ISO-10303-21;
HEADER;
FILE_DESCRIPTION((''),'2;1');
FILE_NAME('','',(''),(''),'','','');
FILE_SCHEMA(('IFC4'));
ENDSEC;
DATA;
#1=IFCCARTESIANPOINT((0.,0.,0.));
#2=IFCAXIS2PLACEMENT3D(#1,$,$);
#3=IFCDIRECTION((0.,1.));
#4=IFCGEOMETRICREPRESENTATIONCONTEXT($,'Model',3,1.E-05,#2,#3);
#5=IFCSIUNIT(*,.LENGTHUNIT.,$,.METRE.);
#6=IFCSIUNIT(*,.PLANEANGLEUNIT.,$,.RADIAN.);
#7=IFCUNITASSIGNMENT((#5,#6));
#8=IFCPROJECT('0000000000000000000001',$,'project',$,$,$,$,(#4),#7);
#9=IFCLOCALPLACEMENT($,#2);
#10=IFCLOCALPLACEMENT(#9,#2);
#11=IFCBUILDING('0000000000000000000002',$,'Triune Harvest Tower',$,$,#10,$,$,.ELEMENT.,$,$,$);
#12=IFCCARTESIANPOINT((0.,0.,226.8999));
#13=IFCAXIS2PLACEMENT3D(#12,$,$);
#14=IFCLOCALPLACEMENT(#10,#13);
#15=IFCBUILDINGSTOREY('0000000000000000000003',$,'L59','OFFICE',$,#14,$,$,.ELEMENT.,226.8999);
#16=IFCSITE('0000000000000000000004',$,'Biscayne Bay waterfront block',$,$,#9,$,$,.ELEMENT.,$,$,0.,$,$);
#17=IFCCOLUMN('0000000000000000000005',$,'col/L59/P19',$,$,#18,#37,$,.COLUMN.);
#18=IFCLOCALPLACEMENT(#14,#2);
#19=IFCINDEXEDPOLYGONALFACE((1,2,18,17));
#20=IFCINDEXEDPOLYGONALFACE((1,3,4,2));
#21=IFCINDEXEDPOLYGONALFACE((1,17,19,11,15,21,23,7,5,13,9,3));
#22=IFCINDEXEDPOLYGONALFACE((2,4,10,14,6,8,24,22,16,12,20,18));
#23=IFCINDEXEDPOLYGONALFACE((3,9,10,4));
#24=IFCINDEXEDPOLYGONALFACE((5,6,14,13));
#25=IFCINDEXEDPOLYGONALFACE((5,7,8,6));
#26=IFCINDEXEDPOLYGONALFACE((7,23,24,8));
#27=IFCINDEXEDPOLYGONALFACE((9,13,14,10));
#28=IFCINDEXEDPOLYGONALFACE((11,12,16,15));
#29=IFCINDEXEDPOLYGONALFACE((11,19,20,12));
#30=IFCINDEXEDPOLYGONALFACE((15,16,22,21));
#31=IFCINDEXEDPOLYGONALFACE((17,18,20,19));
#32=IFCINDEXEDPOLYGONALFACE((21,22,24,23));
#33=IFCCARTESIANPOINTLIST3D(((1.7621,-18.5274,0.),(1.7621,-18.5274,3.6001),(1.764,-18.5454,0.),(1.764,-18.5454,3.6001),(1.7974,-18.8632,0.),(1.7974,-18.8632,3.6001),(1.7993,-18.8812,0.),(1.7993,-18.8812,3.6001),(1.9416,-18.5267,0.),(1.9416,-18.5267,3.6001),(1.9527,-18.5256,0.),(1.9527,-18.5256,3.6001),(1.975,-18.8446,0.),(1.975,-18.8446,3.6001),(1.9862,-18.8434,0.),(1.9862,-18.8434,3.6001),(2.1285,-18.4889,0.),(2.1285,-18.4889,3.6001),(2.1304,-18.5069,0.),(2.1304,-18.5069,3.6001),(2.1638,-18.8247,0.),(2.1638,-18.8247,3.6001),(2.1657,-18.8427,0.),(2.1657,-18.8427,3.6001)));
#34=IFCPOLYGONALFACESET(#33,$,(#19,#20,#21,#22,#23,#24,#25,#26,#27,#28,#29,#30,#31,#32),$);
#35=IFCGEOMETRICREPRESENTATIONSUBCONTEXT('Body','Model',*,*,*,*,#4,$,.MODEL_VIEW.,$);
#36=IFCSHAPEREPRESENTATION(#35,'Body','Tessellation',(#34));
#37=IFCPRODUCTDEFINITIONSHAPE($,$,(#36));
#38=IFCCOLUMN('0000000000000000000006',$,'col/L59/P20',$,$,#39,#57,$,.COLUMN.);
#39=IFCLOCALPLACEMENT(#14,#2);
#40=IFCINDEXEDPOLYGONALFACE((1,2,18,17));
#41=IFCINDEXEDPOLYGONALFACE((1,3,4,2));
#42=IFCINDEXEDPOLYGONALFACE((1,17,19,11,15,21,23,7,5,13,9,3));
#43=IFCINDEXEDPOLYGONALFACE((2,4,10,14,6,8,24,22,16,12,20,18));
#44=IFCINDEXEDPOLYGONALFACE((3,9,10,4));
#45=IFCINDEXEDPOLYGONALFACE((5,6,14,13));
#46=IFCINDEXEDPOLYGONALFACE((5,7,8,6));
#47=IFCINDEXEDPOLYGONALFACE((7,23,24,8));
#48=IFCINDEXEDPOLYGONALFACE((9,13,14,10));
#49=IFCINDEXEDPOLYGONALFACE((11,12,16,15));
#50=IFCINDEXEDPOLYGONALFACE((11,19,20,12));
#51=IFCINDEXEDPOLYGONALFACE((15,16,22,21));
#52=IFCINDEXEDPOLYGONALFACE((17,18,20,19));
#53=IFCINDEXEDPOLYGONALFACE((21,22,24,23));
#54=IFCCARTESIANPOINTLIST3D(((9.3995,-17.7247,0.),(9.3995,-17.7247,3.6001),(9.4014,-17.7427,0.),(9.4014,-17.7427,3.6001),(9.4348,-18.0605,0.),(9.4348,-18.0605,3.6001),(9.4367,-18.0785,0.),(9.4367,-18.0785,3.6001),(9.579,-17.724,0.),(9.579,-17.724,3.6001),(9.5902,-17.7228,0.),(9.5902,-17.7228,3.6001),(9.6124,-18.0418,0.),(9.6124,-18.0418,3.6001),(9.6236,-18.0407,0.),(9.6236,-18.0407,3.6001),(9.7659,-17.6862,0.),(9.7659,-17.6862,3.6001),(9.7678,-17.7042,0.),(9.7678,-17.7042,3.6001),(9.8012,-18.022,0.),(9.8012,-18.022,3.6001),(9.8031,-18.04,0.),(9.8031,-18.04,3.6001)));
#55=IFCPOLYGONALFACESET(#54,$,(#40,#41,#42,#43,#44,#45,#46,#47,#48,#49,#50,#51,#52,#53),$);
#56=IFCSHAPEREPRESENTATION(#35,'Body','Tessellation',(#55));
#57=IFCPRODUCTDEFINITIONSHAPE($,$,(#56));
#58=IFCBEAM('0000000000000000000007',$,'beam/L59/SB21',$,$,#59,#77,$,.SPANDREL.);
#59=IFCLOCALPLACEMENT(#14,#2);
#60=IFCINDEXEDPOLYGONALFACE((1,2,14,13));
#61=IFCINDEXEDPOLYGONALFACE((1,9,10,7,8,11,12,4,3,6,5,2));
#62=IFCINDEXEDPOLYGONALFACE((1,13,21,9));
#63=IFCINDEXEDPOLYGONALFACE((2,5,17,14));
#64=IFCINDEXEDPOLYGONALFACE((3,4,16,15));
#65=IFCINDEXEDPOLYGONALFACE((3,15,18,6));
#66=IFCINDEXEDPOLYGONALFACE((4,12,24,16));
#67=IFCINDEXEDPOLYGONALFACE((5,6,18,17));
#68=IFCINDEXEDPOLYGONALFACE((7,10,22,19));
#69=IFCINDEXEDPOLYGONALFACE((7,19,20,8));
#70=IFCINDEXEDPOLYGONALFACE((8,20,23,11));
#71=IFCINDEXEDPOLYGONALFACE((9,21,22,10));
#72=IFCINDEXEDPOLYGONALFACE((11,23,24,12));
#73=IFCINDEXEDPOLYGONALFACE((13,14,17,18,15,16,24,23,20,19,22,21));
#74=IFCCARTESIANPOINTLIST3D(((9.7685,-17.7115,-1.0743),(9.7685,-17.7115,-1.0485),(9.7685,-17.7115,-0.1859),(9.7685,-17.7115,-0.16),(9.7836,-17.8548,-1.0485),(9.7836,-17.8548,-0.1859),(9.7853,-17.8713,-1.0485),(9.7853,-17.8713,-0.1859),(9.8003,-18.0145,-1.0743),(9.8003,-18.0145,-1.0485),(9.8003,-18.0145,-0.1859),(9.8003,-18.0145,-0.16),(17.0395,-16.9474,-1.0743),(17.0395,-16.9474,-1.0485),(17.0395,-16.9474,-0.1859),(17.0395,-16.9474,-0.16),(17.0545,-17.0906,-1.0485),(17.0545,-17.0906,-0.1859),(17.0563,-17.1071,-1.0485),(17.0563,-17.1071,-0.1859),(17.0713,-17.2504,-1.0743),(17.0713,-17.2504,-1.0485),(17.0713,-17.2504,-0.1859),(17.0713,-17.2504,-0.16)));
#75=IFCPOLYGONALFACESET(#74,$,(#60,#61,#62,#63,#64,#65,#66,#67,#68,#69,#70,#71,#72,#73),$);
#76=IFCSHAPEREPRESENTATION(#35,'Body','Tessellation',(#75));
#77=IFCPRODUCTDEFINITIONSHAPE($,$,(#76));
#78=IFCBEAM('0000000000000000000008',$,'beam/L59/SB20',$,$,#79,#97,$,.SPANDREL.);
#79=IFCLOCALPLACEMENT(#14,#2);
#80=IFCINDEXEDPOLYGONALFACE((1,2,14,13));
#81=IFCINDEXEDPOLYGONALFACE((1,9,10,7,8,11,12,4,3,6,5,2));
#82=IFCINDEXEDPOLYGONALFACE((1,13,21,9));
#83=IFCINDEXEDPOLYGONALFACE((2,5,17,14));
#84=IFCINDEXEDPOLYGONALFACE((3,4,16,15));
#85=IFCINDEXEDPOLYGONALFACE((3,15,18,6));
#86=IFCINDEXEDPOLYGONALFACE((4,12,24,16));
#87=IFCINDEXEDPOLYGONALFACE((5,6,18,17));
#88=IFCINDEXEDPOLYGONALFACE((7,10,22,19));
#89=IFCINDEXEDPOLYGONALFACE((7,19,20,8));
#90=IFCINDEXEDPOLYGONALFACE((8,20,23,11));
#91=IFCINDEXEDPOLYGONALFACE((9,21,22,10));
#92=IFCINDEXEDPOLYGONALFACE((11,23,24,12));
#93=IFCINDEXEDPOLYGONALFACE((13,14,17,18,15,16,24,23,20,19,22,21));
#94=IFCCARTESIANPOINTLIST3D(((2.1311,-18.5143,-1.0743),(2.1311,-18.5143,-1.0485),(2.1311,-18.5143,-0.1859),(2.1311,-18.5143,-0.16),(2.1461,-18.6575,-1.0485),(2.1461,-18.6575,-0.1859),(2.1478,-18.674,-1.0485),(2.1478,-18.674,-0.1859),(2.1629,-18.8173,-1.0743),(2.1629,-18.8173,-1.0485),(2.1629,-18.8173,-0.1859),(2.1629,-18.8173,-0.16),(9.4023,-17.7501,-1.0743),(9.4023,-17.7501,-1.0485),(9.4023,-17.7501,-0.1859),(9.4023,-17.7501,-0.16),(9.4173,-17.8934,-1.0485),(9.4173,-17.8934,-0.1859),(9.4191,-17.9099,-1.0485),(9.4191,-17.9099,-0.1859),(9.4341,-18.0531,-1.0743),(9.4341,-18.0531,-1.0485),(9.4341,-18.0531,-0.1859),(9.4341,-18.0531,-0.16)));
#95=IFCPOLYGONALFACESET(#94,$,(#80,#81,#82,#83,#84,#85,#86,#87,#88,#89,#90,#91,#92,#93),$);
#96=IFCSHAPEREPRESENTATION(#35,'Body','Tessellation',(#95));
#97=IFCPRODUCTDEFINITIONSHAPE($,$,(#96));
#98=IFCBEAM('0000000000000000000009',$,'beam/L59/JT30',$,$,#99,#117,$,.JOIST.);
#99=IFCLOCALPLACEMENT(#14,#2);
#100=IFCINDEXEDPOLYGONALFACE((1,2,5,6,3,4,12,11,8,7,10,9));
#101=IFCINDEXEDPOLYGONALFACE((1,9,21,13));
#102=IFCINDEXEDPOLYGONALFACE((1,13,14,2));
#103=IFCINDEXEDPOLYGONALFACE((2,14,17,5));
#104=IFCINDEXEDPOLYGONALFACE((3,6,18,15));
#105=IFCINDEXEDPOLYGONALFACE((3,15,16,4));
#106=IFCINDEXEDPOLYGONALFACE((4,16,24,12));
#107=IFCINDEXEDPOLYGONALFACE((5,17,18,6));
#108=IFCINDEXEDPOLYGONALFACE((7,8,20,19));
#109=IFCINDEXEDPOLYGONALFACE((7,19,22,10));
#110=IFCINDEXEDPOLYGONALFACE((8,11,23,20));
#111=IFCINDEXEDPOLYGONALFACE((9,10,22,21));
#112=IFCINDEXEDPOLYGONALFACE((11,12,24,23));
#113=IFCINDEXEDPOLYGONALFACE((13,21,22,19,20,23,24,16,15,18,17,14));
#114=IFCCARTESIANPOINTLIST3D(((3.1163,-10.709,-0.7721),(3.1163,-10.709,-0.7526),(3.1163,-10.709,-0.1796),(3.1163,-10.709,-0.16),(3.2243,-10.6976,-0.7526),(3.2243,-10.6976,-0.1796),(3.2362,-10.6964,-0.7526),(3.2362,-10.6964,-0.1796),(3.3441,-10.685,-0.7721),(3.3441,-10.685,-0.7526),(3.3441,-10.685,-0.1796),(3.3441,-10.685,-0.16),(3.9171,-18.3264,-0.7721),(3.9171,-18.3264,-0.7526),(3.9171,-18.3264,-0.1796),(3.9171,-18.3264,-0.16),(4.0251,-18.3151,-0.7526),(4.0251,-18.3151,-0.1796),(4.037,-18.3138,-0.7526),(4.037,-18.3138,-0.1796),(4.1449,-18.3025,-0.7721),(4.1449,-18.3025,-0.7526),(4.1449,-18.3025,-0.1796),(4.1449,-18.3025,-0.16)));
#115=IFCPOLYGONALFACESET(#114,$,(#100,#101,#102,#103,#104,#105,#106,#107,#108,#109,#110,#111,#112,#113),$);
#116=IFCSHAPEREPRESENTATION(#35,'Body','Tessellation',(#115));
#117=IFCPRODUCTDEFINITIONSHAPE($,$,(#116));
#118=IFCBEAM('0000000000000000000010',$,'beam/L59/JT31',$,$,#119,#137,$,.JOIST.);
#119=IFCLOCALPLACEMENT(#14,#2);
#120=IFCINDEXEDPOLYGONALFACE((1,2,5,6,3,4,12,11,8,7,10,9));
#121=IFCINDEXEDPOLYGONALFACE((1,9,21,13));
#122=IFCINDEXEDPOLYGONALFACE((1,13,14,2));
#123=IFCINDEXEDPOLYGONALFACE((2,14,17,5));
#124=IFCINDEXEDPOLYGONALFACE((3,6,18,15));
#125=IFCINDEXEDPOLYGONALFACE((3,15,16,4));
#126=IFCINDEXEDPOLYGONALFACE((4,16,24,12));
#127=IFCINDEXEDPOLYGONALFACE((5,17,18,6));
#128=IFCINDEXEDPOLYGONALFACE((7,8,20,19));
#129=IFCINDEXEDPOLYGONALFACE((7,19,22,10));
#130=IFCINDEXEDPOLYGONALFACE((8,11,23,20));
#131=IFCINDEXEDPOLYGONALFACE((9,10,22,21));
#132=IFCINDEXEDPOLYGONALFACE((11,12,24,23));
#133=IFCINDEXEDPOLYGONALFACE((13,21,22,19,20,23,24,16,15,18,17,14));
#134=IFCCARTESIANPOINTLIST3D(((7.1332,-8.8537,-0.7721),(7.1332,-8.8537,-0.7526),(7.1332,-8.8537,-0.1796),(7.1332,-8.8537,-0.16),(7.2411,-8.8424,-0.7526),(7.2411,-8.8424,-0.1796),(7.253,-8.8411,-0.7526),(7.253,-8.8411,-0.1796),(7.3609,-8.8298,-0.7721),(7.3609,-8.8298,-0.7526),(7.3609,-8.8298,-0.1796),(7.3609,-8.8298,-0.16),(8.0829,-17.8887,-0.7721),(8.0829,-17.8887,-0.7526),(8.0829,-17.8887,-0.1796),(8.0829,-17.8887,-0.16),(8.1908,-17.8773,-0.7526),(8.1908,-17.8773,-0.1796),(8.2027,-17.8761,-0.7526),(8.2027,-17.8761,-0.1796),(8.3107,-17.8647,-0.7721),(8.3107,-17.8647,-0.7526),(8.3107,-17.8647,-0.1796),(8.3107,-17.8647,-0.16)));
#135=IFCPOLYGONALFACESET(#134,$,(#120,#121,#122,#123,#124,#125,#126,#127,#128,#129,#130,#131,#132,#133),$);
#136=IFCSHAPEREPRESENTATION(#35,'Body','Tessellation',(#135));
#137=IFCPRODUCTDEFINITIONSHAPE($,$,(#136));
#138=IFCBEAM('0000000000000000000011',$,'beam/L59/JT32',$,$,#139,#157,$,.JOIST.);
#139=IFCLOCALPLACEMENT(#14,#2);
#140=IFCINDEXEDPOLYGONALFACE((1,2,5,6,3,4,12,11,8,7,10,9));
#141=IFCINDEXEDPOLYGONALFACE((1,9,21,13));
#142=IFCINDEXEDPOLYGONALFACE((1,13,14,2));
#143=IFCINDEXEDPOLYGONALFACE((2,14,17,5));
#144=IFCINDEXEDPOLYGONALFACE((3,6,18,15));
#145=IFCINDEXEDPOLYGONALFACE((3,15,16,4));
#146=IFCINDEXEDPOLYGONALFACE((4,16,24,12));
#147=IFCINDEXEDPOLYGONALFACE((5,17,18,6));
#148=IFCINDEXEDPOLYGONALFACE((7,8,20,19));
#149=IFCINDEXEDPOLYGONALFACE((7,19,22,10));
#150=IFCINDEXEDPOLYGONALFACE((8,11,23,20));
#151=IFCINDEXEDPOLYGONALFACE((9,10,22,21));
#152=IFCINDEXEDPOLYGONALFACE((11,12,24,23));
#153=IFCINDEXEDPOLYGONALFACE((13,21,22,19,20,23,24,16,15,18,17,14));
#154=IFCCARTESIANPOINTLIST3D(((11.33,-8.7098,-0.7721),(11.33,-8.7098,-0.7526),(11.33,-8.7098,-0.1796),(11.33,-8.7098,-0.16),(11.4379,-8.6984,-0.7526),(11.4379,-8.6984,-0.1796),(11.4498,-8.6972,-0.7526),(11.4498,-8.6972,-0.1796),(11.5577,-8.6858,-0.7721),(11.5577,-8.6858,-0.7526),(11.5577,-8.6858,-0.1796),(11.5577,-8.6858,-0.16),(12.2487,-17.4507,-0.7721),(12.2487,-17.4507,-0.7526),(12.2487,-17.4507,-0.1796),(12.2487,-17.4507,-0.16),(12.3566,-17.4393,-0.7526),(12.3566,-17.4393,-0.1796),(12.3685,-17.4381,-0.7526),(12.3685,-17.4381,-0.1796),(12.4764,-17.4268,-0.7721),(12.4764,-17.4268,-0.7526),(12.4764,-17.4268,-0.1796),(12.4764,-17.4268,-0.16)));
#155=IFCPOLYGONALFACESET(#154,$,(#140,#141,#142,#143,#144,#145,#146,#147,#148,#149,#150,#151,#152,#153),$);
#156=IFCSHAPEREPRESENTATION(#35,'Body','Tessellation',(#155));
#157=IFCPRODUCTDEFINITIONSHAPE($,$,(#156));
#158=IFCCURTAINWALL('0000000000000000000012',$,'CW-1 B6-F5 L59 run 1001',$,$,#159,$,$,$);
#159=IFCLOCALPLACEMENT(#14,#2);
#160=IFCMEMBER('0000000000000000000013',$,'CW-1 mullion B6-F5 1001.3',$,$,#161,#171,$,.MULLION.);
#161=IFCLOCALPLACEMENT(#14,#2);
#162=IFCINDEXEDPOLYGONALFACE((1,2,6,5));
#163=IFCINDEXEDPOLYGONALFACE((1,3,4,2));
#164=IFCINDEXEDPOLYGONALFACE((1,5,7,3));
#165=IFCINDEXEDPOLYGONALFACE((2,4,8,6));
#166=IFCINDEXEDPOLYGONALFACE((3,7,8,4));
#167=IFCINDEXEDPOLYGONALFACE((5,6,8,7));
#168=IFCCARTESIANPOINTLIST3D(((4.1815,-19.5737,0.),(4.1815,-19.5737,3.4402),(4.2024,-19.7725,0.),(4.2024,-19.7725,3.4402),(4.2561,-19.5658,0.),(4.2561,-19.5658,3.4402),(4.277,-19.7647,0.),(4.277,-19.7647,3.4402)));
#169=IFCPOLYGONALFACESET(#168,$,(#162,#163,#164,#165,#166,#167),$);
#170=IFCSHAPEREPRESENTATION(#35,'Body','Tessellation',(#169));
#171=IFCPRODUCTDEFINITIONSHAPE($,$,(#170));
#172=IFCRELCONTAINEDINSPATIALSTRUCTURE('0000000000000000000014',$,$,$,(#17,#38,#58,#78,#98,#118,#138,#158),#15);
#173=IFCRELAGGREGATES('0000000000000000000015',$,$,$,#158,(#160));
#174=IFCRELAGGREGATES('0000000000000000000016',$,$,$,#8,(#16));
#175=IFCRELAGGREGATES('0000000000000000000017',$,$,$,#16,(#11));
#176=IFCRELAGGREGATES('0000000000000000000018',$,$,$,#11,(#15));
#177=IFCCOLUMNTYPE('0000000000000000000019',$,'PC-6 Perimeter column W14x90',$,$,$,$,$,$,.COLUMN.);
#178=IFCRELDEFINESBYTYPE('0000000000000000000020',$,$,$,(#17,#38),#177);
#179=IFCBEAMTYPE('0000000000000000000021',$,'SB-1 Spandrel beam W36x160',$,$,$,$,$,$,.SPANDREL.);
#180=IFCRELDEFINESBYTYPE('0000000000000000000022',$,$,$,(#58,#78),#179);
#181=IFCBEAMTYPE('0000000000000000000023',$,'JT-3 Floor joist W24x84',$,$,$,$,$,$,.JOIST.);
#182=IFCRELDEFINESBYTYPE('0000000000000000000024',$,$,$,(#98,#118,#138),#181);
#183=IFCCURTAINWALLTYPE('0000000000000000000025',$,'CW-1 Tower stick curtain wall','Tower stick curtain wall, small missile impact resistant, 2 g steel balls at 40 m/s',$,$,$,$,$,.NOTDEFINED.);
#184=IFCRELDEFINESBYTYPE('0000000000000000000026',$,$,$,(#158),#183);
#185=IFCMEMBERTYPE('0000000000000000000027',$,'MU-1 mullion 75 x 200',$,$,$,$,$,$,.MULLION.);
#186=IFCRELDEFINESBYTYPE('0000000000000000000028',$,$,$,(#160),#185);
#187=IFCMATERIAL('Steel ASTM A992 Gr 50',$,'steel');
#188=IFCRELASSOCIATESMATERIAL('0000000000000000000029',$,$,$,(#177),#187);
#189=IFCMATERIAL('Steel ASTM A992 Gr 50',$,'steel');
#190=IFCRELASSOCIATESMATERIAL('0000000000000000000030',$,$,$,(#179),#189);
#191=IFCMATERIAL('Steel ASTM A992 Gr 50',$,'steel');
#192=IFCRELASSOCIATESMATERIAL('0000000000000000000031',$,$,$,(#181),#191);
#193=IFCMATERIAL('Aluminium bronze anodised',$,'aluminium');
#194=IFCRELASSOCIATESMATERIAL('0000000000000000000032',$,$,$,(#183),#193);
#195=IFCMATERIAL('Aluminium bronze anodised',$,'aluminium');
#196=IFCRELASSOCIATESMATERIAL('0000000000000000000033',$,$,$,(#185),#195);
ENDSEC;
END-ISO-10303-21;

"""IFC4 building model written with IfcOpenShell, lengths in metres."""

from ifc_helpers import new_model, si_unit, direction, frame, origin, origin_2d, place, context, subcontext, project, spatial, rectangle, i_section, extrude, source, transform, mapped, material, material_profile, profile_set, type_object, element, aggregate, save


model = new_model("IFC4")

# Units and contexts
model_context = context("Model", 3, precision=1e-05, world=origin(), true_north=direction((0.0, 1.0)))
body_context = subcontext(model_context, "Body", "Model", "MODEL_VIEW")
ifc_project = project(units=[si_unit("LENGTHUNIT", "METRE"), si_unit("PLANEANGLEUNIT", "RADIAN")], contexts=[model_context])

# Site, building, storey
site_placement = place(None, origin())
site = spatial("IfcSite", under=ifc_project, at=site_placement, Name="Biscayne Bay waterfront block", CompositionType="ELEMENT", RefElevation=0.0)
building_placement = place(site_placement, origin())
building = spatial("IfcBuilding", under=site, at=building_placement, Name="Triune Harvest Tower", CompositionType="ELEMENT")
storey_placement = place(building_placement, frame((0.0, 0.0, 226.8999)))
storey = spatial("IfcBuildingStorey", under=building, at=storey_placement, Name="L59", Description="OFFICE", CompositionType="ELEMENT", Elevation=226.8999)

# Columns
ifc_material_1 = material(Name="Steel ASTM A992 Gr 50", Category="steel")
ifc_material_profile_1 = material_profile(ifc_material_1, i_section(OverallWidth=0.3684, OverallDepth=0.3557, WebThickness=0.0112, FlangeThickness=0.0181, at=origin_2d()), Name="W14x90")
ifc_profile_set_1 = profile_set([ifc_material_profile_1], Name="Steel ASTM A992 Gr 50")
column_type = type_object("IfcColumnType", Name="PC-6 Perimeter column W14x90", PredefinedType="COLUMN", material=ifc_profile_set_1)
shared_shape_1 = source(origin(), body_context, "Body", "SweptSolid", [
    extrude(i_section(OverallWidth=0.3684, OverallDepth=0.3557, WebThickness=0.0112, FlangeThickness=0.0181, at=origin_2d()), origin(), (0.0, 0.0, 1.0), 3.6001),
])
for number, where, z_axis, x_axis, name in (
    (1, (1.9639, -18.6851, 0.0), (0.0, 0.0, 1.0), (0.994522, 0.10453, 0.0), "col/L59/P19"),
    (2, (9.6013, -17.8823, 0.0), (0.0, 0.0, 1.0), (0.994522, 0.10453, 0.0), "col/L59/P20"),
):
    element("IfcColumn", number, at=place(storey_placement, frame(where, z_axis=z_axis, x_axis=x_axis)), inside=storey, type_object=column_type, Name=name, PredefinedType="COLUMN", context=body_context, shape_type="MappedRepresentation", body=[
        mapped(shared_shape_1, transform((0.0, 0.0, 0.0), scale=1.0)),
    ])

# Beams
ifc_material_2 = material(Name="Steel ASTM A992 Gr 50", Category="steel")
ifc_material_profile_2 = material_profile(ifc_material_2, i_section(OverallWidth=0.3047, OverallDepth=0.9143, WebThickness=0.0166, FlangeThickness=0.0259, at=origin_2d()), Name="W36x160")
ifc_profile_set_2 = profile_set([ifc_material_profile_2], Name="Steel ASTM A992 Gr 50")
beam_type_1 = type_object("IfcBeamType", Name="SB-1 Spandrel beam W36x160", PredefinedType="SPANDREL", material=ifc_profile_set_2)
shared_shape_2 = source(origin(), body_context, "Body", "SweptSolid", [
    extrude(i_section(OverallWidth=0.3047, OverallDepth=0.9143, WebThickness=0.0166, FlangeThickness=0.0259, at=origin_2d()), origin(), (0.0, 0.0, 1.0), 7.311),
])
beam_1_placement = place(storey_placement, frame((9.7844, -17.863, -0.6172), z_axis=(0.994523, 0.104521, 0.0), x_axis=(-0.104521, 0.994523, 0.0)))
element("IfcBeam", 3, at=beam_1_placement, inside=storey, type_object=beam_type_1, Name="beam/L59/SB21", PredefinedType="SPANDREL", context=body_context, shape_type="MappedRepresentation", body=[
    mapped(shared_shape_2, transform((0.0, 0.0, 0.0), scale=1.0)),
])
shared_shape_3 = source(origin(), body_context, "Body", "SweptSolid", [
    extrude(i_section(OverallWidth=0.3047, OverallDepth=0.9143, WebThickness=0.0166, FlangeThickness=0.0259, at=origin_2d()), origin(), (0.0, 0.0, 1.0), 7.3113),
])
beam_2_placement = place(storey_placement, frame((2.147, -18.6658, -0.6172), z_axis=(0.994523, 0.104518, 0.0), x_axis=(-0.104518, 0.994523, 0.0)))
element("IfcBeam", 4, at=beam_2_placement, inside=storey, type_object=beam_type_1, Name="beam/L59/SB20", PredefinedType="SPANDREL", context=body_context, shape_type="MappedRepresentation", body=[
    mapped(shared_shape_3, transform((0.0, 0.0, 0.0), scale=1.0)),
])
ifc_material_3 = material(Name="Steel ASTM A992 Gr 50", Category="steel")
ifc_material_profile_3 = material_profile(ifc_material_3, i_section(OverallWidth=0.229, OverallDepth=0.6121, WebThickness=0.012, FlangeThickness=0.0195, at=origin_2d()), Name="W24x84")
ifc_profile_set_3 = profile_set([ifc_material_profile_3], Name="Steel ASTM A992 Gr 50")
beam_type_2 = type_object("IfcBeamType", Name="JT-3 Floor joist W24x84", PredefinedType="JOIST", material=ifc_profile_set_3)
shared_shape_4 = source(origin(), body_context, "Body", "SweptSolid", [
    extrude(i_section(OverallWidth=0.229, OverallDepth=0.6121, WebThickness=0.012, FlangeThickness=0.0195, at=origin_2d()), origin(), (0.0, 0.0, 1.0), 7.6594),
])
beam_3_placement = place(storey_placement, frame((4.031, -18.3145, -0.4661), z_axis=(-0.104549, 0.99452, 0.0), x_axis=(-0.99452, -0.104549, 0.0)))
element("IfcBeam", 5, at=beam_3_placement, inside=storey, type_object=beam_type_2, Name="beam/L59/JT30", PredefinedType="JOIST", context=body_context, shape_type="MappedRepresentation", body=[
    mapped(shared_shape_4, transform((0.0, 0.0, 0.0), scale=1.0)),
])
shared_shape_5 = source(origin(), body_context, "Body", "SweptSolid", [
    extrude(i_section(OverallWidth=0.229, OverallDepth=0.6121, WebThickness=0.012, FlangeThickness=0.0195, at=origin_2d()), origin(), (0.0, 0.0, 1.0), 9.0847),
])
beam_4_placement = place(storey_placement, frame((8.1968, -17.8767, -0.4661), z_axis=(-0.104539, 0.994521, 0.0), x_axis=(-0.994521, -0.104539, 0.0)))
element("IfcBeam", 6, at=beam_4_placement, inside=storey, type_object=beam_type_2, Name="beam/L59/JT31", PredefinedType="JOIST", context=body_context, shape_type="MappedRepresentation", body=[
    mapped(shared_shape_5, transform((0.0, 0.0, 0.0), scale=1.0)),
])
shared_shape_6 = source(origin(), body_context, "Body", "SweptSolid", [
    extrude(i_section(OverallWidth=0.229, OverallDepth=0.6121, WebThickness=0.012, FlangeThickness=0.0195, at=origin_2d()), origin(), (0.0, 0.0, 1.0), 8.7891),
])
beam_5_placement = place(storey_placement, frame((12.3625, -17.4387, -0.4661), z_axis=(-0.104527, 0.994522, 0.0), x_axis=(-0.994522, -0.104527, 0.0)))
element("IfcBeam", 7, at=beam_5_placement, inside=storey, type_object=beam_type_2, Name="beam/L59/JT32", PredefinedType="JOIST", context=body_context, shape_type="MappedRepresentation", body=[
    mapped(shared_shape_6, transform((0.0, 0.0, 0.0), scale=1.0)),
])

# Curtain wall, member
ifc_material_4 = material(Name="Aluminium bronze anodised", Category="aluminium")
curtain_wall_type_1 = type_object("IfcCurtainWallType", Name="CW-1 Tower stick curtain wall", Description="Tower stick curtain wall, small missile impact resistant, 2 g steel balls at 40 m/s", PredefinedType="NOTDEFINED", material=ifc_material_4)
curtain_wall_1_placement = place(storey_placement, origin())
curtain_wall_1 = element("IfcCurtainWall", 8, at=curtain_wall_1_placement, inside=storey, type_object=curtain_wall_type_1, Name="CW-1 B6-F5 L59 run 1001")
ifc_material_5 = material(Name="Aluminium bronze anodised", Category="aluminium")
ifc_material_profile_4 = material_profile(ifc_material_5, rectangle(XDim=0.2, YDim=0.075, at=origin_2d()), Name="MU-1 mullion 75 x 200")
ifc_profile_set_4 = profile_set([ifc_material_profile_4], Name="Aluminium bronze anodised")
member_type_1 = type_object("IfcMemberType", Name="MU-1 mullion 75 x 200", PredefinedType="MULLION", material=ifc_profile_set_4)
shared_shape_7 = source(origin(), body_context, "Body", "SweptSolid", [
    extrude(rectangle(XDim=0.2, YDim=0.075, at=origin_2d()), origin(), (0.0, 0.0, 1.0), 3.4402),
])
member_1_placement = place(storey_placement, frame((4.2292, -19.6692, 0.0), z_axis=(0.0, 0.0, 1.0), x_axis=(-0.104535, 0.994521, 0.0)))
member_1 = element("IfcMember", 9, at=member_1_placement, type_object=member_type_1, Name="CW-1 mullion B6-F5 1001.3", PredefinedType="MULLION", context=body_context, shape_type="MappedRepresentation", body=[
    mapped(shared_shape_7, transform((0.0, 0.0, 0.0), scale=1.0)),
])

aggregate(curtain_wall_1, [member_1])

save(model, "model.ifc")
